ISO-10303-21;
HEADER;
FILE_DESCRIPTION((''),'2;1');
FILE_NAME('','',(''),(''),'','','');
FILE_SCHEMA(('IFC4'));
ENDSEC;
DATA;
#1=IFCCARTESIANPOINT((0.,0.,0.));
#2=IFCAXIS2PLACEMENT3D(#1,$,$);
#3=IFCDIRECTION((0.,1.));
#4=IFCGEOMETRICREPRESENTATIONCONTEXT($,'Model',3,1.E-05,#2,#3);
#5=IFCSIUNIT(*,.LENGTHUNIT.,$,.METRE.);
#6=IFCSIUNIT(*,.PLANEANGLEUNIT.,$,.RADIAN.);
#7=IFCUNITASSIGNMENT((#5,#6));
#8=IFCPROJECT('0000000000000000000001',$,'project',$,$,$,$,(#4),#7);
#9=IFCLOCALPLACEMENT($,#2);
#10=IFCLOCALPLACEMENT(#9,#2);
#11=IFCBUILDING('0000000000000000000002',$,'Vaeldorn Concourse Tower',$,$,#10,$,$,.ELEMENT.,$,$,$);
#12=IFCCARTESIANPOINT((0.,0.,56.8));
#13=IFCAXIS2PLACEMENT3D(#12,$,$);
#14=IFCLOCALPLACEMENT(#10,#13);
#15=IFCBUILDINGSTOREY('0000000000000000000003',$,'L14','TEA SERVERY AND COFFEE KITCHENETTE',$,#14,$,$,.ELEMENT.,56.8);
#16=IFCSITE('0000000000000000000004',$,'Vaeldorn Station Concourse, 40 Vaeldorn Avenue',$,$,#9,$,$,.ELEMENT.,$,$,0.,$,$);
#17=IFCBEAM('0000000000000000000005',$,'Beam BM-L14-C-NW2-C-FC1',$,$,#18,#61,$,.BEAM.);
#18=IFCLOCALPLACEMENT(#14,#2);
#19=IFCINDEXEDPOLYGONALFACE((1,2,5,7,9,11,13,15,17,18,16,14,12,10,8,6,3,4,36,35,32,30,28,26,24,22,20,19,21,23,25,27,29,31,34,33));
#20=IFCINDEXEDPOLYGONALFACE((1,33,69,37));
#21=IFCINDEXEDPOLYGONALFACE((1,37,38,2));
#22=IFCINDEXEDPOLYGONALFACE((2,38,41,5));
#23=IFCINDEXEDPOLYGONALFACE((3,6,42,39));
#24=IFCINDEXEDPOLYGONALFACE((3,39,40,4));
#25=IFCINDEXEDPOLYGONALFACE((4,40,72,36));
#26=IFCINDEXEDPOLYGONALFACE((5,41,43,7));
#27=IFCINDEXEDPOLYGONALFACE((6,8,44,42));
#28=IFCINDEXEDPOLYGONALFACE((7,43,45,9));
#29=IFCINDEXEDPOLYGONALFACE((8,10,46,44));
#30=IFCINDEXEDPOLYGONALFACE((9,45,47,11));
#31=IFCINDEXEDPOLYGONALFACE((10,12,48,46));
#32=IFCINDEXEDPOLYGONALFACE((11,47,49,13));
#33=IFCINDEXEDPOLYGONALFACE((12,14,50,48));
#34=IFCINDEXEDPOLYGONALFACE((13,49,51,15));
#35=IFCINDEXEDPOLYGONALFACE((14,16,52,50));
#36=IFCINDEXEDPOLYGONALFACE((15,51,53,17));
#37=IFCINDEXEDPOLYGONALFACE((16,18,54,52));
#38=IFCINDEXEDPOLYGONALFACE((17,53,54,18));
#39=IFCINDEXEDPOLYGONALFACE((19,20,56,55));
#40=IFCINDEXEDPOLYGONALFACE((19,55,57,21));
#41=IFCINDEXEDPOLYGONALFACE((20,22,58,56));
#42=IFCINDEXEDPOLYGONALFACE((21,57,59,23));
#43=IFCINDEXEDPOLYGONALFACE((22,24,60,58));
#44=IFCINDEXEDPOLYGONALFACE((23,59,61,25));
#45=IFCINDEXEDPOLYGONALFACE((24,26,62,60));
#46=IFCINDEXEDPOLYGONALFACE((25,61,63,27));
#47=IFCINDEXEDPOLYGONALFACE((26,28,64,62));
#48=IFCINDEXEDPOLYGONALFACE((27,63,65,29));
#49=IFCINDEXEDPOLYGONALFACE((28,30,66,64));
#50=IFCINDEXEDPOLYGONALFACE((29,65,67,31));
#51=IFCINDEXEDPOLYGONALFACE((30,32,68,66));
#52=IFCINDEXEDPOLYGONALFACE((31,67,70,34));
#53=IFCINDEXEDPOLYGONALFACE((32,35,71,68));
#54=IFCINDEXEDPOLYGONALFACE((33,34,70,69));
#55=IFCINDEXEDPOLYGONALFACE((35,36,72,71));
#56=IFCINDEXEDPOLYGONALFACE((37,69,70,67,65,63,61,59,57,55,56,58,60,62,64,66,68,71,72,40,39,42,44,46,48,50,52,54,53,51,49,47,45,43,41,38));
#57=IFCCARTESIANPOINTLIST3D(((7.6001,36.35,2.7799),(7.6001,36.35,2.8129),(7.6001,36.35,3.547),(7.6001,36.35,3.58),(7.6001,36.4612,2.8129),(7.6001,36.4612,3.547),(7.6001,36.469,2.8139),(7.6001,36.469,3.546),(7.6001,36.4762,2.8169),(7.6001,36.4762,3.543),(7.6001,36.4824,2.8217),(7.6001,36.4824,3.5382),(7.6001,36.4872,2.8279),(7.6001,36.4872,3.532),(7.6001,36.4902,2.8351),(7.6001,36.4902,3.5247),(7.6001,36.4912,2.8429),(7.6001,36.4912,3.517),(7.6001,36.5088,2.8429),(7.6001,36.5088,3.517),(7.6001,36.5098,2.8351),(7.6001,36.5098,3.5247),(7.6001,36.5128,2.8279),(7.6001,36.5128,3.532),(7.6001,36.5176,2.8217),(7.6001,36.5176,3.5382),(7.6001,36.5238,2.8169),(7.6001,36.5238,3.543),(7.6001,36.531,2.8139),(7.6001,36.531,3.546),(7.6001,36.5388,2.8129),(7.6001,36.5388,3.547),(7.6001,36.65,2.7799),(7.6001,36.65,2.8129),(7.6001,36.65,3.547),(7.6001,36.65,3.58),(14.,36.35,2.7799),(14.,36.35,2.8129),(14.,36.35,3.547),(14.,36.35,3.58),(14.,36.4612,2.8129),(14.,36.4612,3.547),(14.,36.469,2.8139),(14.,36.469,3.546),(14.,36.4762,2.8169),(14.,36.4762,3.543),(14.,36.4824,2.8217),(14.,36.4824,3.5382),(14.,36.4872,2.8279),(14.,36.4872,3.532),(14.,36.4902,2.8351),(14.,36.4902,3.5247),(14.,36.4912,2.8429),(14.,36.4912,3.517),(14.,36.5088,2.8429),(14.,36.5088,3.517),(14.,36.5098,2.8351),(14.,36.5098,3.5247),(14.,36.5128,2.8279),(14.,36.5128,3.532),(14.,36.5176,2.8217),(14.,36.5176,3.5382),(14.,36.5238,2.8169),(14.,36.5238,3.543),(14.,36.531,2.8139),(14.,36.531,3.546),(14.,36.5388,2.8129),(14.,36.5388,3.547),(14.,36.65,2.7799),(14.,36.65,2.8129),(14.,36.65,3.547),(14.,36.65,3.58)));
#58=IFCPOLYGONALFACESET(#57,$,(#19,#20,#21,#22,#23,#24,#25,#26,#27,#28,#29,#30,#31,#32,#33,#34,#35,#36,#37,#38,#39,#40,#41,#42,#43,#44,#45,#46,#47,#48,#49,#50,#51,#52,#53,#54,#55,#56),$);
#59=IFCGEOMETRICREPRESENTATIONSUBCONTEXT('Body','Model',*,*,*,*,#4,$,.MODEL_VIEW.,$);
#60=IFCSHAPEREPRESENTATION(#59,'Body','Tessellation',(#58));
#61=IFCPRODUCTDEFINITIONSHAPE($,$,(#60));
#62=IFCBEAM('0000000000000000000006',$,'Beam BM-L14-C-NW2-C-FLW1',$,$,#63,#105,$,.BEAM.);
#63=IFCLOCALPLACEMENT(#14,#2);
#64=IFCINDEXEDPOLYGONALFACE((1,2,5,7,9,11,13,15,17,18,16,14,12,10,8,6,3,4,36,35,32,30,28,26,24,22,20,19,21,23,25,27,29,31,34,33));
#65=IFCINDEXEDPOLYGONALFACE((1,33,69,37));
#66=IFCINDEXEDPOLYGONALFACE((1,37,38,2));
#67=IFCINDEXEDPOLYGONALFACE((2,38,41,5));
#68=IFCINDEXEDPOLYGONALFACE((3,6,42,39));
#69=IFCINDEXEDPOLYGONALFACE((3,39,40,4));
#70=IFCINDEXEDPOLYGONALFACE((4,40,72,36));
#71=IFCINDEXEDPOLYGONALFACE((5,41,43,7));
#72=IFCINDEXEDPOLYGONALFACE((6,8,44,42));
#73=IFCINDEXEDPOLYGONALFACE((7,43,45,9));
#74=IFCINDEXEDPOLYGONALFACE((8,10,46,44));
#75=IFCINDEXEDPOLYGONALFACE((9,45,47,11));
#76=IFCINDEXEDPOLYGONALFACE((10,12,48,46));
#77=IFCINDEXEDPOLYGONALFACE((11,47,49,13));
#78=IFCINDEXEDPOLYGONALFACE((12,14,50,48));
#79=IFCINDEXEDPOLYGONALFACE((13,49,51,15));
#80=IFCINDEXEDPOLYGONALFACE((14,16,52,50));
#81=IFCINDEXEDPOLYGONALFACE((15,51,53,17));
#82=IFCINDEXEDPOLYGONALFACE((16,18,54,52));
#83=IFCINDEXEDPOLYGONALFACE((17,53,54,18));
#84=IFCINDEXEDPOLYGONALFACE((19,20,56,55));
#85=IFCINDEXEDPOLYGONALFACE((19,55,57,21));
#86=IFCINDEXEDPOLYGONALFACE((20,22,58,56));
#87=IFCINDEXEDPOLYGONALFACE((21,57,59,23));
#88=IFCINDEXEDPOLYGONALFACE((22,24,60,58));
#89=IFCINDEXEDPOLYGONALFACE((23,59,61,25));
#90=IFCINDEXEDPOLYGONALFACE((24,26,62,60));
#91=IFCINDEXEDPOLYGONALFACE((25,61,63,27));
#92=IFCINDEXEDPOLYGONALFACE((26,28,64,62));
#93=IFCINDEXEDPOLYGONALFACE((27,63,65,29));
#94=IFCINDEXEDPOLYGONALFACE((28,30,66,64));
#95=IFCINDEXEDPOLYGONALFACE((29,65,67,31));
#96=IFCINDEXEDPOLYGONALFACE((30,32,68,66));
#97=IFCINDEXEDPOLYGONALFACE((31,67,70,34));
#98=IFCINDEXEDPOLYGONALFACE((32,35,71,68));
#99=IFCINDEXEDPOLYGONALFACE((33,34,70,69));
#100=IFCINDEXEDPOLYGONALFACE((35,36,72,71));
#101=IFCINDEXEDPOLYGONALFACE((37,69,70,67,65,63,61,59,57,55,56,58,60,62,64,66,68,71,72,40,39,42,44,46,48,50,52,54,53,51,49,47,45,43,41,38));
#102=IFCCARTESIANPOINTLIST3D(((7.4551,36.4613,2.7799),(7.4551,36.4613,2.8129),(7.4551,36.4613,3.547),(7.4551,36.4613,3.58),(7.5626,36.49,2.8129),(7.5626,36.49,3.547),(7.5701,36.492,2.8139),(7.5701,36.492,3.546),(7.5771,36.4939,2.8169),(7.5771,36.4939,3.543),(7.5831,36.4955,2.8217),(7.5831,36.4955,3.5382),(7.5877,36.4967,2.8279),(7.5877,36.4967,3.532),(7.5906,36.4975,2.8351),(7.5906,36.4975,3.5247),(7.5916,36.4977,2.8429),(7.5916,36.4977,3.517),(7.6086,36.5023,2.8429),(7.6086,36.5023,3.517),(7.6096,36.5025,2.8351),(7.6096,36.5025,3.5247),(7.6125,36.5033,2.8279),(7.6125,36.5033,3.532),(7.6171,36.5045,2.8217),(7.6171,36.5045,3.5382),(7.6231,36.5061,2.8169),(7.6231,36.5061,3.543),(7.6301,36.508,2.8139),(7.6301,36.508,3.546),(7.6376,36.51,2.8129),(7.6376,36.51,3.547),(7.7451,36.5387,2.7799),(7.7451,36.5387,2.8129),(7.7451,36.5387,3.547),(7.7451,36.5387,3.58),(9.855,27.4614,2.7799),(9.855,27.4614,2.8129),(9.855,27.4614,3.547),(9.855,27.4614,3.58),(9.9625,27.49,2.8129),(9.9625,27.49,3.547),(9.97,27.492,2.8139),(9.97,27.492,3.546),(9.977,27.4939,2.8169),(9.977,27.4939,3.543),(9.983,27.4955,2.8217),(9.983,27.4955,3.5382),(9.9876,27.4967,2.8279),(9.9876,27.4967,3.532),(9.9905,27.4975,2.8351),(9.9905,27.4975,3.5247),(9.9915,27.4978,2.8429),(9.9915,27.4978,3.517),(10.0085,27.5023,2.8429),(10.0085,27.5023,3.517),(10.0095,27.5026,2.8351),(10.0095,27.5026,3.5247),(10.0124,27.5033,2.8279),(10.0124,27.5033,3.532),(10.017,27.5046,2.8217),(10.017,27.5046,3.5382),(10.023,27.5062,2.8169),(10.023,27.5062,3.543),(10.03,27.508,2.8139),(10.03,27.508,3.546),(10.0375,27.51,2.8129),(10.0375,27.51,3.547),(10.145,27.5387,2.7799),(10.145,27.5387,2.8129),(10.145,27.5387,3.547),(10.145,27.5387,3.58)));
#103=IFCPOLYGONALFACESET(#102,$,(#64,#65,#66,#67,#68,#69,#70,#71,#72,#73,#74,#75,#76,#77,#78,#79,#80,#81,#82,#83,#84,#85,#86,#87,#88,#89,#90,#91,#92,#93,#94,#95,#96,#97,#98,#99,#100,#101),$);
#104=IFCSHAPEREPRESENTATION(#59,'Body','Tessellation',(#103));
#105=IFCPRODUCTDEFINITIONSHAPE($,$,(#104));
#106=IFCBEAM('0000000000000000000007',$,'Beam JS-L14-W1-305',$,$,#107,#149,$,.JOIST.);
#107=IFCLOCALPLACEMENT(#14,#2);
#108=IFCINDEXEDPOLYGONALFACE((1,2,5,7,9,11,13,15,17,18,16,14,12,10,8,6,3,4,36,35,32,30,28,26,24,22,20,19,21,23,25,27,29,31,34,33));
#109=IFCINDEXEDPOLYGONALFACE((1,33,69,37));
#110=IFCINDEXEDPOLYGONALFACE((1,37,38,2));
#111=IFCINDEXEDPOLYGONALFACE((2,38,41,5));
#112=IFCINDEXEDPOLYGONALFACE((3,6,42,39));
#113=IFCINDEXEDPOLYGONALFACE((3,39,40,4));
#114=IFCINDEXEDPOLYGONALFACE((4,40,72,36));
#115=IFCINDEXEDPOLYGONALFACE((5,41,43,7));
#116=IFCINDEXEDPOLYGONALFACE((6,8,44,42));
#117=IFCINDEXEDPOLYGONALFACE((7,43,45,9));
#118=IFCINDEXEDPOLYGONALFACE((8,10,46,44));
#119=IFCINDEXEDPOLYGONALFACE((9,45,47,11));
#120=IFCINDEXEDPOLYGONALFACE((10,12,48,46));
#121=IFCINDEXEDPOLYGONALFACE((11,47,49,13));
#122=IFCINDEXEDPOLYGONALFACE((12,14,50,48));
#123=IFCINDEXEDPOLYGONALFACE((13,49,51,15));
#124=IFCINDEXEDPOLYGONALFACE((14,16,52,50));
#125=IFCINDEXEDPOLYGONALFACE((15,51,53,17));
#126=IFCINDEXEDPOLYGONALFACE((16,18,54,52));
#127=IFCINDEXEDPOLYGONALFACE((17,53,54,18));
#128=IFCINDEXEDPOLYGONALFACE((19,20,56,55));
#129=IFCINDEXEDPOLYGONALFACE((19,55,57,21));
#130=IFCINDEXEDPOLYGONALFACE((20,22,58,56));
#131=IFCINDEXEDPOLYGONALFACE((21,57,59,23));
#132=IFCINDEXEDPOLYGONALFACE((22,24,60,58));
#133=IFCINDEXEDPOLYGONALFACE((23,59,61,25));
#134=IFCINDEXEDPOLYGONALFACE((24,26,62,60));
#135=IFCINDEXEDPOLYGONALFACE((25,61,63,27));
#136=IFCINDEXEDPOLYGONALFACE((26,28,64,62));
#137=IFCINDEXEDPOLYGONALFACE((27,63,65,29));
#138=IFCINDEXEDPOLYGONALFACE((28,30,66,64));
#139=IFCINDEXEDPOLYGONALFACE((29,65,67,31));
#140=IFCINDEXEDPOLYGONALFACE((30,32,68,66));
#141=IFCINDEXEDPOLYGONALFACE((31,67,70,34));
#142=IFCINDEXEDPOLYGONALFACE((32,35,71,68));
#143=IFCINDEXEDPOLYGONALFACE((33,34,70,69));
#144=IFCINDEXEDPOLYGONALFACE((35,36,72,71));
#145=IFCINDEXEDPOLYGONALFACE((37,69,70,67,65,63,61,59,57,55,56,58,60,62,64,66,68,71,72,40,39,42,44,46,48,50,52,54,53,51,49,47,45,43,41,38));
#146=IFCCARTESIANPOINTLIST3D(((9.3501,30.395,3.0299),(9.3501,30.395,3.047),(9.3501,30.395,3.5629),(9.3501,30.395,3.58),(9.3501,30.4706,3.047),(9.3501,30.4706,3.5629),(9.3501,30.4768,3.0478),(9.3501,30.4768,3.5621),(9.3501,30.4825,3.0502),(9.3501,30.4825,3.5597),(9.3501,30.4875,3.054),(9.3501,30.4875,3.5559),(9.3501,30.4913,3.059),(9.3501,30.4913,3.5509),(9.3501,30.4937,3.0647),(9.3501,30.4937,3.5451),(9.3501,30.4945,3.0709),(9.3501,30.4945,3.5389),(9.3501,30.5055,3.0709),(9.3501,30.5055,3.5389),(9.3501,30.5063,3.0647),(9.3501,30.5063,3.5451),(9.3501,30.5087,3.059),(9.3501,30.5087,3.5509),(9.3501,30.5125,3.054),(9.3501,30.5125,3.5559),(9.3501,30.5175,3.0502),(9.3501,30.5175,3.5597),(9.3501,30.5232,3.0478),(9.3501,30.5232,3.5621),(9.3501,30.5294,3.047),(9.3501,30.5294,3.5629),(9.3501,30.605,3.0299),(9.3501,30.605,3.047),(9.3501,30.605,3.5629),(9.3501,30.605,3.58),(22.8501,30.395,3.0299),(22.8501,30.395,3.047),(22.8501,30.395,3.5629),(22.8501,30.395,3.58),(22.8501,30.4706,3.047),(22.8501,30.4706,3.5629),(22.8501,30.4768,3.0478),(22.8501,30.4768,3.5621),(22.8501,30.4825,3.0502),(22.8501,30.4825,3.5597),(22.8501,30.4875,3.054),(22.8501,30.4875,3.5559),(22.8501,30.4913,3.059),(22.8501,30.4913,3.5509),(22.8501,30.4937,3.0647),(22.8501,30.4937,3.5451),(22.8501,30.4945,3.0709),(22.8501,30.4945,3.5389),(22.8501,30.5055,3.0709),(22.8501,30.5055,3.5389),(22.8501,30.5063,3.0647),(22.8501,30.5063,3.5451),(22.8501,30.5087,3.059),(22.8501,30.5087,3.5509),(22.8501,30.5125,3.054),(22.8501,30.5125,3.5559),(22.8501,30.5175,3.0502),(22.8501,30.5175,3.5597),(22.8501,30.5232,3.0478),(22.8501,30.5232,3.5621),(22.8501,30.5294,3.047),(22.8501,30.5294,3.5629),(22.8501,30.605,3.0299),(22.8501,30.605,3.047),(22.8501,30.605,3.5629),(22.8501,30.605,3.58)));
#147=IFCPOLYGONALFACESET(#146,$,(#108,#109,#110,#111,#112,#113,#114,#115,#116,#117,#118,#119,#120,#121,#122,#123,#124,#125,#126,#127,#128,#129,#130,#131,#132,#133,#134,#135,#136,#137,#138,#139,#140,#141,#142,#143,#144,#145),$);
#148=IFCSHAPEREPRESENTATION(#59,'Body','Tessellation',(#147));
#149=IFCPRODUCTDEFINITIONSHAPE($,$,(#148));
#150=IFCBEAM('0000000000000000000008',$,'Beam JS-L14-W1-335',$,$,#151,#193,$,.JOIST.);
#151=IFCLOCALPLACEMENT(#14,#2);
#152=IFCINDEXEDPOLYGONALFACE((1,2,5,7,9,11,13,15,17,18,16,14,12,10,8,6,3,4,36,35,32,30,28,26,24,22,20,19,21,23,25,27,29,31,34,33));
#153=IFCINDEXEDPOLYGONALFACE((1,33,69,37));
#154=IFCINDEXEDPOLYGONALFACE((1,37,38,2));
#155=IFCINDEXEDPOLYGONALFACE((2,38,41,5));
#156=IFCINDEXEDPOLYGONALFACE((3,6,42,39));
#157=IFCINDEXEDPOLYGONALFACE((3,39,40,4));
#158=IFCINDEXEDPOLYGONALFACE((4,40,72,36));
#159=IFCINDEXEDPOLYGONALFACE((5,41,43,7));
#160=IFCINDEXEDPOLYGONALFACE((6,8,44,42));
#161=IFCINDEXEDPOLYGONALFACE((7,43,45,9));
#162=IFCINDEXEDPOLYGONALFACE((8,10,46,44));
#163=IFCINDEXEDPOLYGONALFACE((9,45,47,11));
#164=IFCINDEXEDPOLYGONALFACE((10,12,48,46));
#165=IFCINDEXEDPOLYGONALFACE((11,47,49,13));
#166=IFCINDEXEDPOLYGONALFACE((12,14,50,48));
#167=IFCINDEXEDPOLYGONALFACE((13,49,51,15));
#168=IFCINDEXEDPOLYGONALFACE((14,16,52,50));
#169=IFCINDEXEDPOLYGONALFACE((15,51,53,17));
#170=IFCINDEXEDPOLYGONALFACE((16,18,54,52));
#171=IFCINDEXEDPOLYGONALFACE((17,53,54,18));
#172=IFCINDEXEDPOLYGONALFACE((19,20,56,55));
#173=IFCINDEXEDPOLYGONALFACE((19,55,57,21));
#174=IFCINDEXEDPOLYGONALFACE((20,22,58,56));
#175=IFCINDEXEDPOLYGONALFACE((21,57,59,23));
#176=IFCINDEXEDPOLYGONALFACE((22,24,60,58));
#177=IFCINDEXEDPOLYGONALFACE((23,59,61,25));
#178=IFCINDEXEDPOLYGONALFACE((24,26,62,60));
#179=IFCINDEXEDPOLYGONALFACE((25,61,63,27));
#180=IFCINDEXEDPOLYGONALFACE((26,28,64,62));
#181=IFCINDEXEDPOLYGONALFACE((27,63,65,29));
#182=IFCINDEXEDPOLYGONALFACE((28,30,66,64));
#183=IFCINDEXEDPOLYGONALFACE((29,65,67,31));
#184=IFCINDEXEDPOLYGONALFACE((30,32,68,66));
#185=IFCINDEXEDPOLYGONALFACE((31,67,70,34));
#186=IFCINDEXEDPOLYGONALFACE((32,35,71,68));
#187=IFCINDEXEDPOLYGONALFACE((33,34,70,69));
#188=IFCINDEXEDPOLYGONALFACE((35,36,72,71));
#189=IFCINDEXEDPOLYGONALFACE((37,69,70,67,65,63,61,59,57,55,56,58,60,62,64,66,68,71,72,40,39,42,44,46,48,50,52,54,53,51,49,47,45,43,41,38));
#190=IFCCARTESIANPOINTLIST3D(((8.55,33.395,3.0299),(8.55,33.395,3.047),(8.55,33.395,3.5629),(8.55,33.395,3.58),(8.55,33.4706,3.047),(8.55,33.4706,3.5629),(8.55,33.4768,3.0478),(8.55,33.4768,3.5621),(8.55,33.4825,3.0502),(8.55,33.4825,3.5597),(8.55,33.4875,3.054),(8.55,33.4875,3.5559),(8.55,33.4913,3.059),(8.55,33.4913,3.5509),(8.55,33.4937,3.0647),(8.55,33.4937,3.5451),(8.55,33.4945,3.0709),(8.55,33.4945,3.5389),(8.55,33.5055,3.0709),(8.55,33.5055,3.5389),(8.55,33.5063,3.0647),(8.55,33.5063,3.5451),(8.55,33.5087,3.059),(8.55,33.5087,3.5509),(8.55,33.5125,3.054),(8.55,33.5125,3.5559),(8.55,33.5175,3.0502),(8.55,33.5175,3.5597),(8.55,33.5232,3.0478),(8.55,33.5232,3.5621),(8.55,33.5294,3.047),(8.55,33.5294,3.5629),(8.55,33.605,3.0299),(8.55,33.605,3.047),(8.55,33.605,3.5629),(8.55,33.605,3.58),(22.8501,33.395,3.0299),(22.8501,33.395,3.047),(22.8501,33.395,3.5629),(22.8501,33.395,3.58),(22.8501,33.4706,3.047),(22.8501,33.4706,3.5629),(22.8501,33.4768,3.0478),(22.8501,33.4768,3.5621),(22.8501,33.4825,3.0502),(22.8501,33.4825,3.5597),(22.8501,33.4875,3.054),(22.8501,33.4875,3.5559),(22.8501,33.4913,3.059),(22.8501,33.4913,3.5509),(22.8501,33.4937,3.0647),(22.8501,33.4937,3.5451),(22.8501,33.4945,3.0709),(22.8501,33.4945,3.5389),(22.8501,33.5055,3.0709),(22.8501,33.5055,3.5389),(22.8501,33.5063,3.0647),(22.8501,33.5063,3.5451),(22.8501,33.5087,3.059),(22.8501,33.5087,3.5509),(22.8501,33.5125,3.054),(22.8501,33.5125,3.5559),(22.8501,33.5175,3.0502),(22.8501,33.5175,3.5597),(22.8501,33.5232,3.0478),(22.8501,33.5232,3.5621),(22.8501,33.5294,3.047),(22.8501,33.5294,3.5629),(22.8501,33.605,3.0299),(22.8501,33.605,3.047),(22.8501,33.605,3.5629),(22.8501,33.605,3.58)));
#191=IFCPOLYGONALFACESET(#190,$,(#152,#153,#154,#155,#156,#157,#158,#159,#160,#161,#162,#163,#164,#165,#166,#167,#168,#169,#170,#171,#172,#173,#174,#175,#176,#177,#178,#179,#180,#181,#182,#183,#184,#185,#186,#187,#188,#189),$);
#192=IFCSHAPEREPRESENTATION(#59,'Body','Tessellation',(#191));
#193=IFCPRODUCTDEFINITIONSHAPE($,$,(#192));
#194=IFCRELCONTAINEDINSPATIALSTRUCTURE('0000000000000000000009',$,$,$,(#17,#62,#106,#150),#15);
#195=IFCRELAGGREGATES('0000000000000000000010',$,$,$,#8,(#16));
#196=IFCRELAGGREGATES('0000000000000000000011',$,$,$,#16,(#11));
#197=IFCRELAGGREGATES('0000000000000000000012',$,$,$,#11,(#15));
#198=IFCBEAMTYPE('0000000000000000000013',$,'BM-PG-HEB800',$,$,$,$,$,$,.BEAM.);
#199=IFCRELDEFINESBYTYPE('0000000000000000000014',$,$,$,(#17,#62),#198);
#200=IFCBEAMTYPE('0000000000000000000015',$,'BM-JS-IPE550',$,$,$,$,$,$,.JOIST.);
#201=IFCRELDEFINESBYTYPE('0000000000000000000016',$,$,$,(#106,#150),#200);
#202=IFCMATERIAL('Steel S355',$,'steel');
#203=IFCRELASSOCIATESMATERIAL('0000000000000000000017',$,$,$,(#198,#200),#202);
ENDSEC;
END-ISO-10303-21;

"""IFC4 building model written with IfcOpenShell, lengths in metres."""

from ifc_helpers import new_model, si_unit, direction, frame, origin, origin_2d, place, context, subcontext, project, spatial, i_section, extrude, source, transform, mapped, material, material_profile, profile_set, type_object, element, save


model = new_model("IFC4")

# Units and contexts
model_context = context("Model", 3, precision=1e-05, world=origin(), true_north=direction((0.0, 1.0)))
body_context = subcontext(model_context, "Body", "Model", "MODEL_VIEW")
ifc_project = project(units=[si_unit("LENGTHUNIT", "METRE"), si_unit("PLANEANGLEUNIT", "RADIAN")], contexts=[model_context])

# Site, building, storey
site_placement = place(None, origin())
site = spatial("IfcSite", under=ifc_project, at=site_placement, Name="Vaeldorn Station Concourse, 40 Vaeldorn Avenue", CompositionType="ELEMENT", RefElevation=0.0)
building_placement = place(site_placement, origin())
building = spatial("IfcBuilding", under=site, at=building_placement, Name="Vaeldorn Concourse Tower", CompositionType="ELEMENT")
storey_placement = place(building_placement, frame((0.0, 0.0, 56.8)))
storey = spatial("IfcBuildingStorey", under=building, at=storey_placement, Name="L14", Description="TEA SERVERY AND COFFEE KITCHENETTE", CompositionType="ELEMENT", Elevation=56.8)

# Beams
ifc_material_1 = material(Name="Steel S355", Category="steel")
ifc_material_profile_1 = material_profile(ifc_material_1, i_section(OverallWidth=0.3, OverallDepth=0.8, WebThickness=0.0176, FlangeThickness=0.033, FilletRadius=0.03, at=origin_2d()), Name="HEB 800")
ifc_profile_set_1 = profile_set([ifc_material_profile_1], Name="Steel S355")
beam_type_1 = type_object("IfcBeamType", Name="BM-PG-HEB800", PredefinedType="BEAM", material=ifc_profile_set_1)
shared_shape_1 = source(origin(), body_context, "Body", "SweptSolid", [
    extrude(i_section(OverallWidth=0.3, OverallDepth=0.8, WebThickness=0.0176, FlangeThickness=0.033, FilletRadius=0.03, at=origin_2d()), origin(), (0.0, 0.0, 1.0), 6.3999),
])
beam_1_placement = place(storey_placement, frame((7.6001, 36.5, 3.1799), z_axis=(1.0, 0.0, 0.0), x_axis=(0.0, 1.0, 0.0)))
element("IfcBeam", 1, at=beam_1_placement, inside=storey, type_object=beam_type_1, Name="Beam BM-L14-C-NW2-C-FC1", PredefinedType="BEAM", context=body_context, shape_type="MappedRepresentation", body=[
    mapped(shared_shape_1, transform((0.0, 0.0, 0.0), scale=1.0)),
])
shared_shape_2 = source(origin(), body_context, "Body", "SweptSolid", [
    extrude(i_section(OverallWidth=0.3, OverallDepth=0.8, WebThickness=0.0176, FlangeThickness=0.033, FilletRadius=0.03, at=origin_2d()), origin(), (0.0, 0.0, 1.0), 9.3145),
])
beam_2_placement = place(storey_placement, frame((7.6001, 36.5, 3.1799), z_axis=(0.257653, -0.966238, 0.0), x_axis=(0.966238, 0.257653, 0.0)))
element("IfcBeam", 2, at=beam_2_placement, inside=storey, type_object=beam_type_1, Name="Beam BM-L14-C-NW2-C-FLW1", PredefinedType="BEAM", context=body_context, shape_type="MappedRepresentation", body=[
    mapped(shared_shape_2, transform((0.0, 0.0, 0.0), scale=1.0)),
])
ifc_material_profile_2 = material_profile(ifc_material_1, i_section(OverallWidth=0.21, OverallDepth=0.55, WebThickness=0.011, FlangeThickness=0.0171, FilletRadius=0.0239, at=origin_2d()), Name="IPE 550")
ifc_profile_set_2 = profile_set([ifc_material_profile_2], Name="Steel S355")
beam_type_2 = type_object("IfcBeamType", Name="BM-JS-IPE550", PredefinedType="JOIST", material=ifc_profile_set_2)
shared_shape_3 = source(origin(), body_context, "Body", "SweptSolid", [
    extrude(i_section(OverallWidth=0.21, OverallDepth=0.55, WebThickness=0.011, FlangeThickness=0.0171, FilletRadius=0.0239, at=origin_2d()), origin(), (0.0, 0.0, 1.0), 13.5),
])
beam_3_placement = place(storey_placement, frame((9.3501, 30.5, 3.3049), z_axis=(1.0, 0.0, 0.0), x_axis=(0.0, 1.0, 0.0)))
element("IfcBeam", 3, at=beam_3_placement, inside=storey, type_object=beam_type_2, Name="Beam JS-L14-W1-305", PredefinedType="JOIST", context=body_context, shape_type="MappedRepresentation", body=[
    mapped(shared_shape_3, transform((0.0, 0.0, 0.0), scale=1.0)),
])
shared_shape_4 = source(origin(), body_context, "Body", "SweptSolid", [
    extrude(i_section(OverallWidth=0.21, OverallDepth=0.55, WebThickness=0.011, FlangeThickness=0.0171, FilletRadius=0.0239, at=origin_2d()), origin(), (0.0, 0.0, 1.0), 14.3),
])
beam_4_placement = place(storey_placement, frame((8.55, 33.5, 3.3049), z_axis=(1.0, 0.0, 0.0), x_axis=(0.0, 1.0, 0.0)))
element("IfcBeam", 4, at=beam_4_placement, inside=storey, type_object=beam_type_2, Name="Beam JS-L14-W1-335", PredefinedType="JOIST", context=body_context, shape_type="MappedRepresentation", body=[
    mapped(shared_shape_4, transform((0.0, 0.0, 0.0), scale=1.0)),
])

save(model, "model.ifc")
